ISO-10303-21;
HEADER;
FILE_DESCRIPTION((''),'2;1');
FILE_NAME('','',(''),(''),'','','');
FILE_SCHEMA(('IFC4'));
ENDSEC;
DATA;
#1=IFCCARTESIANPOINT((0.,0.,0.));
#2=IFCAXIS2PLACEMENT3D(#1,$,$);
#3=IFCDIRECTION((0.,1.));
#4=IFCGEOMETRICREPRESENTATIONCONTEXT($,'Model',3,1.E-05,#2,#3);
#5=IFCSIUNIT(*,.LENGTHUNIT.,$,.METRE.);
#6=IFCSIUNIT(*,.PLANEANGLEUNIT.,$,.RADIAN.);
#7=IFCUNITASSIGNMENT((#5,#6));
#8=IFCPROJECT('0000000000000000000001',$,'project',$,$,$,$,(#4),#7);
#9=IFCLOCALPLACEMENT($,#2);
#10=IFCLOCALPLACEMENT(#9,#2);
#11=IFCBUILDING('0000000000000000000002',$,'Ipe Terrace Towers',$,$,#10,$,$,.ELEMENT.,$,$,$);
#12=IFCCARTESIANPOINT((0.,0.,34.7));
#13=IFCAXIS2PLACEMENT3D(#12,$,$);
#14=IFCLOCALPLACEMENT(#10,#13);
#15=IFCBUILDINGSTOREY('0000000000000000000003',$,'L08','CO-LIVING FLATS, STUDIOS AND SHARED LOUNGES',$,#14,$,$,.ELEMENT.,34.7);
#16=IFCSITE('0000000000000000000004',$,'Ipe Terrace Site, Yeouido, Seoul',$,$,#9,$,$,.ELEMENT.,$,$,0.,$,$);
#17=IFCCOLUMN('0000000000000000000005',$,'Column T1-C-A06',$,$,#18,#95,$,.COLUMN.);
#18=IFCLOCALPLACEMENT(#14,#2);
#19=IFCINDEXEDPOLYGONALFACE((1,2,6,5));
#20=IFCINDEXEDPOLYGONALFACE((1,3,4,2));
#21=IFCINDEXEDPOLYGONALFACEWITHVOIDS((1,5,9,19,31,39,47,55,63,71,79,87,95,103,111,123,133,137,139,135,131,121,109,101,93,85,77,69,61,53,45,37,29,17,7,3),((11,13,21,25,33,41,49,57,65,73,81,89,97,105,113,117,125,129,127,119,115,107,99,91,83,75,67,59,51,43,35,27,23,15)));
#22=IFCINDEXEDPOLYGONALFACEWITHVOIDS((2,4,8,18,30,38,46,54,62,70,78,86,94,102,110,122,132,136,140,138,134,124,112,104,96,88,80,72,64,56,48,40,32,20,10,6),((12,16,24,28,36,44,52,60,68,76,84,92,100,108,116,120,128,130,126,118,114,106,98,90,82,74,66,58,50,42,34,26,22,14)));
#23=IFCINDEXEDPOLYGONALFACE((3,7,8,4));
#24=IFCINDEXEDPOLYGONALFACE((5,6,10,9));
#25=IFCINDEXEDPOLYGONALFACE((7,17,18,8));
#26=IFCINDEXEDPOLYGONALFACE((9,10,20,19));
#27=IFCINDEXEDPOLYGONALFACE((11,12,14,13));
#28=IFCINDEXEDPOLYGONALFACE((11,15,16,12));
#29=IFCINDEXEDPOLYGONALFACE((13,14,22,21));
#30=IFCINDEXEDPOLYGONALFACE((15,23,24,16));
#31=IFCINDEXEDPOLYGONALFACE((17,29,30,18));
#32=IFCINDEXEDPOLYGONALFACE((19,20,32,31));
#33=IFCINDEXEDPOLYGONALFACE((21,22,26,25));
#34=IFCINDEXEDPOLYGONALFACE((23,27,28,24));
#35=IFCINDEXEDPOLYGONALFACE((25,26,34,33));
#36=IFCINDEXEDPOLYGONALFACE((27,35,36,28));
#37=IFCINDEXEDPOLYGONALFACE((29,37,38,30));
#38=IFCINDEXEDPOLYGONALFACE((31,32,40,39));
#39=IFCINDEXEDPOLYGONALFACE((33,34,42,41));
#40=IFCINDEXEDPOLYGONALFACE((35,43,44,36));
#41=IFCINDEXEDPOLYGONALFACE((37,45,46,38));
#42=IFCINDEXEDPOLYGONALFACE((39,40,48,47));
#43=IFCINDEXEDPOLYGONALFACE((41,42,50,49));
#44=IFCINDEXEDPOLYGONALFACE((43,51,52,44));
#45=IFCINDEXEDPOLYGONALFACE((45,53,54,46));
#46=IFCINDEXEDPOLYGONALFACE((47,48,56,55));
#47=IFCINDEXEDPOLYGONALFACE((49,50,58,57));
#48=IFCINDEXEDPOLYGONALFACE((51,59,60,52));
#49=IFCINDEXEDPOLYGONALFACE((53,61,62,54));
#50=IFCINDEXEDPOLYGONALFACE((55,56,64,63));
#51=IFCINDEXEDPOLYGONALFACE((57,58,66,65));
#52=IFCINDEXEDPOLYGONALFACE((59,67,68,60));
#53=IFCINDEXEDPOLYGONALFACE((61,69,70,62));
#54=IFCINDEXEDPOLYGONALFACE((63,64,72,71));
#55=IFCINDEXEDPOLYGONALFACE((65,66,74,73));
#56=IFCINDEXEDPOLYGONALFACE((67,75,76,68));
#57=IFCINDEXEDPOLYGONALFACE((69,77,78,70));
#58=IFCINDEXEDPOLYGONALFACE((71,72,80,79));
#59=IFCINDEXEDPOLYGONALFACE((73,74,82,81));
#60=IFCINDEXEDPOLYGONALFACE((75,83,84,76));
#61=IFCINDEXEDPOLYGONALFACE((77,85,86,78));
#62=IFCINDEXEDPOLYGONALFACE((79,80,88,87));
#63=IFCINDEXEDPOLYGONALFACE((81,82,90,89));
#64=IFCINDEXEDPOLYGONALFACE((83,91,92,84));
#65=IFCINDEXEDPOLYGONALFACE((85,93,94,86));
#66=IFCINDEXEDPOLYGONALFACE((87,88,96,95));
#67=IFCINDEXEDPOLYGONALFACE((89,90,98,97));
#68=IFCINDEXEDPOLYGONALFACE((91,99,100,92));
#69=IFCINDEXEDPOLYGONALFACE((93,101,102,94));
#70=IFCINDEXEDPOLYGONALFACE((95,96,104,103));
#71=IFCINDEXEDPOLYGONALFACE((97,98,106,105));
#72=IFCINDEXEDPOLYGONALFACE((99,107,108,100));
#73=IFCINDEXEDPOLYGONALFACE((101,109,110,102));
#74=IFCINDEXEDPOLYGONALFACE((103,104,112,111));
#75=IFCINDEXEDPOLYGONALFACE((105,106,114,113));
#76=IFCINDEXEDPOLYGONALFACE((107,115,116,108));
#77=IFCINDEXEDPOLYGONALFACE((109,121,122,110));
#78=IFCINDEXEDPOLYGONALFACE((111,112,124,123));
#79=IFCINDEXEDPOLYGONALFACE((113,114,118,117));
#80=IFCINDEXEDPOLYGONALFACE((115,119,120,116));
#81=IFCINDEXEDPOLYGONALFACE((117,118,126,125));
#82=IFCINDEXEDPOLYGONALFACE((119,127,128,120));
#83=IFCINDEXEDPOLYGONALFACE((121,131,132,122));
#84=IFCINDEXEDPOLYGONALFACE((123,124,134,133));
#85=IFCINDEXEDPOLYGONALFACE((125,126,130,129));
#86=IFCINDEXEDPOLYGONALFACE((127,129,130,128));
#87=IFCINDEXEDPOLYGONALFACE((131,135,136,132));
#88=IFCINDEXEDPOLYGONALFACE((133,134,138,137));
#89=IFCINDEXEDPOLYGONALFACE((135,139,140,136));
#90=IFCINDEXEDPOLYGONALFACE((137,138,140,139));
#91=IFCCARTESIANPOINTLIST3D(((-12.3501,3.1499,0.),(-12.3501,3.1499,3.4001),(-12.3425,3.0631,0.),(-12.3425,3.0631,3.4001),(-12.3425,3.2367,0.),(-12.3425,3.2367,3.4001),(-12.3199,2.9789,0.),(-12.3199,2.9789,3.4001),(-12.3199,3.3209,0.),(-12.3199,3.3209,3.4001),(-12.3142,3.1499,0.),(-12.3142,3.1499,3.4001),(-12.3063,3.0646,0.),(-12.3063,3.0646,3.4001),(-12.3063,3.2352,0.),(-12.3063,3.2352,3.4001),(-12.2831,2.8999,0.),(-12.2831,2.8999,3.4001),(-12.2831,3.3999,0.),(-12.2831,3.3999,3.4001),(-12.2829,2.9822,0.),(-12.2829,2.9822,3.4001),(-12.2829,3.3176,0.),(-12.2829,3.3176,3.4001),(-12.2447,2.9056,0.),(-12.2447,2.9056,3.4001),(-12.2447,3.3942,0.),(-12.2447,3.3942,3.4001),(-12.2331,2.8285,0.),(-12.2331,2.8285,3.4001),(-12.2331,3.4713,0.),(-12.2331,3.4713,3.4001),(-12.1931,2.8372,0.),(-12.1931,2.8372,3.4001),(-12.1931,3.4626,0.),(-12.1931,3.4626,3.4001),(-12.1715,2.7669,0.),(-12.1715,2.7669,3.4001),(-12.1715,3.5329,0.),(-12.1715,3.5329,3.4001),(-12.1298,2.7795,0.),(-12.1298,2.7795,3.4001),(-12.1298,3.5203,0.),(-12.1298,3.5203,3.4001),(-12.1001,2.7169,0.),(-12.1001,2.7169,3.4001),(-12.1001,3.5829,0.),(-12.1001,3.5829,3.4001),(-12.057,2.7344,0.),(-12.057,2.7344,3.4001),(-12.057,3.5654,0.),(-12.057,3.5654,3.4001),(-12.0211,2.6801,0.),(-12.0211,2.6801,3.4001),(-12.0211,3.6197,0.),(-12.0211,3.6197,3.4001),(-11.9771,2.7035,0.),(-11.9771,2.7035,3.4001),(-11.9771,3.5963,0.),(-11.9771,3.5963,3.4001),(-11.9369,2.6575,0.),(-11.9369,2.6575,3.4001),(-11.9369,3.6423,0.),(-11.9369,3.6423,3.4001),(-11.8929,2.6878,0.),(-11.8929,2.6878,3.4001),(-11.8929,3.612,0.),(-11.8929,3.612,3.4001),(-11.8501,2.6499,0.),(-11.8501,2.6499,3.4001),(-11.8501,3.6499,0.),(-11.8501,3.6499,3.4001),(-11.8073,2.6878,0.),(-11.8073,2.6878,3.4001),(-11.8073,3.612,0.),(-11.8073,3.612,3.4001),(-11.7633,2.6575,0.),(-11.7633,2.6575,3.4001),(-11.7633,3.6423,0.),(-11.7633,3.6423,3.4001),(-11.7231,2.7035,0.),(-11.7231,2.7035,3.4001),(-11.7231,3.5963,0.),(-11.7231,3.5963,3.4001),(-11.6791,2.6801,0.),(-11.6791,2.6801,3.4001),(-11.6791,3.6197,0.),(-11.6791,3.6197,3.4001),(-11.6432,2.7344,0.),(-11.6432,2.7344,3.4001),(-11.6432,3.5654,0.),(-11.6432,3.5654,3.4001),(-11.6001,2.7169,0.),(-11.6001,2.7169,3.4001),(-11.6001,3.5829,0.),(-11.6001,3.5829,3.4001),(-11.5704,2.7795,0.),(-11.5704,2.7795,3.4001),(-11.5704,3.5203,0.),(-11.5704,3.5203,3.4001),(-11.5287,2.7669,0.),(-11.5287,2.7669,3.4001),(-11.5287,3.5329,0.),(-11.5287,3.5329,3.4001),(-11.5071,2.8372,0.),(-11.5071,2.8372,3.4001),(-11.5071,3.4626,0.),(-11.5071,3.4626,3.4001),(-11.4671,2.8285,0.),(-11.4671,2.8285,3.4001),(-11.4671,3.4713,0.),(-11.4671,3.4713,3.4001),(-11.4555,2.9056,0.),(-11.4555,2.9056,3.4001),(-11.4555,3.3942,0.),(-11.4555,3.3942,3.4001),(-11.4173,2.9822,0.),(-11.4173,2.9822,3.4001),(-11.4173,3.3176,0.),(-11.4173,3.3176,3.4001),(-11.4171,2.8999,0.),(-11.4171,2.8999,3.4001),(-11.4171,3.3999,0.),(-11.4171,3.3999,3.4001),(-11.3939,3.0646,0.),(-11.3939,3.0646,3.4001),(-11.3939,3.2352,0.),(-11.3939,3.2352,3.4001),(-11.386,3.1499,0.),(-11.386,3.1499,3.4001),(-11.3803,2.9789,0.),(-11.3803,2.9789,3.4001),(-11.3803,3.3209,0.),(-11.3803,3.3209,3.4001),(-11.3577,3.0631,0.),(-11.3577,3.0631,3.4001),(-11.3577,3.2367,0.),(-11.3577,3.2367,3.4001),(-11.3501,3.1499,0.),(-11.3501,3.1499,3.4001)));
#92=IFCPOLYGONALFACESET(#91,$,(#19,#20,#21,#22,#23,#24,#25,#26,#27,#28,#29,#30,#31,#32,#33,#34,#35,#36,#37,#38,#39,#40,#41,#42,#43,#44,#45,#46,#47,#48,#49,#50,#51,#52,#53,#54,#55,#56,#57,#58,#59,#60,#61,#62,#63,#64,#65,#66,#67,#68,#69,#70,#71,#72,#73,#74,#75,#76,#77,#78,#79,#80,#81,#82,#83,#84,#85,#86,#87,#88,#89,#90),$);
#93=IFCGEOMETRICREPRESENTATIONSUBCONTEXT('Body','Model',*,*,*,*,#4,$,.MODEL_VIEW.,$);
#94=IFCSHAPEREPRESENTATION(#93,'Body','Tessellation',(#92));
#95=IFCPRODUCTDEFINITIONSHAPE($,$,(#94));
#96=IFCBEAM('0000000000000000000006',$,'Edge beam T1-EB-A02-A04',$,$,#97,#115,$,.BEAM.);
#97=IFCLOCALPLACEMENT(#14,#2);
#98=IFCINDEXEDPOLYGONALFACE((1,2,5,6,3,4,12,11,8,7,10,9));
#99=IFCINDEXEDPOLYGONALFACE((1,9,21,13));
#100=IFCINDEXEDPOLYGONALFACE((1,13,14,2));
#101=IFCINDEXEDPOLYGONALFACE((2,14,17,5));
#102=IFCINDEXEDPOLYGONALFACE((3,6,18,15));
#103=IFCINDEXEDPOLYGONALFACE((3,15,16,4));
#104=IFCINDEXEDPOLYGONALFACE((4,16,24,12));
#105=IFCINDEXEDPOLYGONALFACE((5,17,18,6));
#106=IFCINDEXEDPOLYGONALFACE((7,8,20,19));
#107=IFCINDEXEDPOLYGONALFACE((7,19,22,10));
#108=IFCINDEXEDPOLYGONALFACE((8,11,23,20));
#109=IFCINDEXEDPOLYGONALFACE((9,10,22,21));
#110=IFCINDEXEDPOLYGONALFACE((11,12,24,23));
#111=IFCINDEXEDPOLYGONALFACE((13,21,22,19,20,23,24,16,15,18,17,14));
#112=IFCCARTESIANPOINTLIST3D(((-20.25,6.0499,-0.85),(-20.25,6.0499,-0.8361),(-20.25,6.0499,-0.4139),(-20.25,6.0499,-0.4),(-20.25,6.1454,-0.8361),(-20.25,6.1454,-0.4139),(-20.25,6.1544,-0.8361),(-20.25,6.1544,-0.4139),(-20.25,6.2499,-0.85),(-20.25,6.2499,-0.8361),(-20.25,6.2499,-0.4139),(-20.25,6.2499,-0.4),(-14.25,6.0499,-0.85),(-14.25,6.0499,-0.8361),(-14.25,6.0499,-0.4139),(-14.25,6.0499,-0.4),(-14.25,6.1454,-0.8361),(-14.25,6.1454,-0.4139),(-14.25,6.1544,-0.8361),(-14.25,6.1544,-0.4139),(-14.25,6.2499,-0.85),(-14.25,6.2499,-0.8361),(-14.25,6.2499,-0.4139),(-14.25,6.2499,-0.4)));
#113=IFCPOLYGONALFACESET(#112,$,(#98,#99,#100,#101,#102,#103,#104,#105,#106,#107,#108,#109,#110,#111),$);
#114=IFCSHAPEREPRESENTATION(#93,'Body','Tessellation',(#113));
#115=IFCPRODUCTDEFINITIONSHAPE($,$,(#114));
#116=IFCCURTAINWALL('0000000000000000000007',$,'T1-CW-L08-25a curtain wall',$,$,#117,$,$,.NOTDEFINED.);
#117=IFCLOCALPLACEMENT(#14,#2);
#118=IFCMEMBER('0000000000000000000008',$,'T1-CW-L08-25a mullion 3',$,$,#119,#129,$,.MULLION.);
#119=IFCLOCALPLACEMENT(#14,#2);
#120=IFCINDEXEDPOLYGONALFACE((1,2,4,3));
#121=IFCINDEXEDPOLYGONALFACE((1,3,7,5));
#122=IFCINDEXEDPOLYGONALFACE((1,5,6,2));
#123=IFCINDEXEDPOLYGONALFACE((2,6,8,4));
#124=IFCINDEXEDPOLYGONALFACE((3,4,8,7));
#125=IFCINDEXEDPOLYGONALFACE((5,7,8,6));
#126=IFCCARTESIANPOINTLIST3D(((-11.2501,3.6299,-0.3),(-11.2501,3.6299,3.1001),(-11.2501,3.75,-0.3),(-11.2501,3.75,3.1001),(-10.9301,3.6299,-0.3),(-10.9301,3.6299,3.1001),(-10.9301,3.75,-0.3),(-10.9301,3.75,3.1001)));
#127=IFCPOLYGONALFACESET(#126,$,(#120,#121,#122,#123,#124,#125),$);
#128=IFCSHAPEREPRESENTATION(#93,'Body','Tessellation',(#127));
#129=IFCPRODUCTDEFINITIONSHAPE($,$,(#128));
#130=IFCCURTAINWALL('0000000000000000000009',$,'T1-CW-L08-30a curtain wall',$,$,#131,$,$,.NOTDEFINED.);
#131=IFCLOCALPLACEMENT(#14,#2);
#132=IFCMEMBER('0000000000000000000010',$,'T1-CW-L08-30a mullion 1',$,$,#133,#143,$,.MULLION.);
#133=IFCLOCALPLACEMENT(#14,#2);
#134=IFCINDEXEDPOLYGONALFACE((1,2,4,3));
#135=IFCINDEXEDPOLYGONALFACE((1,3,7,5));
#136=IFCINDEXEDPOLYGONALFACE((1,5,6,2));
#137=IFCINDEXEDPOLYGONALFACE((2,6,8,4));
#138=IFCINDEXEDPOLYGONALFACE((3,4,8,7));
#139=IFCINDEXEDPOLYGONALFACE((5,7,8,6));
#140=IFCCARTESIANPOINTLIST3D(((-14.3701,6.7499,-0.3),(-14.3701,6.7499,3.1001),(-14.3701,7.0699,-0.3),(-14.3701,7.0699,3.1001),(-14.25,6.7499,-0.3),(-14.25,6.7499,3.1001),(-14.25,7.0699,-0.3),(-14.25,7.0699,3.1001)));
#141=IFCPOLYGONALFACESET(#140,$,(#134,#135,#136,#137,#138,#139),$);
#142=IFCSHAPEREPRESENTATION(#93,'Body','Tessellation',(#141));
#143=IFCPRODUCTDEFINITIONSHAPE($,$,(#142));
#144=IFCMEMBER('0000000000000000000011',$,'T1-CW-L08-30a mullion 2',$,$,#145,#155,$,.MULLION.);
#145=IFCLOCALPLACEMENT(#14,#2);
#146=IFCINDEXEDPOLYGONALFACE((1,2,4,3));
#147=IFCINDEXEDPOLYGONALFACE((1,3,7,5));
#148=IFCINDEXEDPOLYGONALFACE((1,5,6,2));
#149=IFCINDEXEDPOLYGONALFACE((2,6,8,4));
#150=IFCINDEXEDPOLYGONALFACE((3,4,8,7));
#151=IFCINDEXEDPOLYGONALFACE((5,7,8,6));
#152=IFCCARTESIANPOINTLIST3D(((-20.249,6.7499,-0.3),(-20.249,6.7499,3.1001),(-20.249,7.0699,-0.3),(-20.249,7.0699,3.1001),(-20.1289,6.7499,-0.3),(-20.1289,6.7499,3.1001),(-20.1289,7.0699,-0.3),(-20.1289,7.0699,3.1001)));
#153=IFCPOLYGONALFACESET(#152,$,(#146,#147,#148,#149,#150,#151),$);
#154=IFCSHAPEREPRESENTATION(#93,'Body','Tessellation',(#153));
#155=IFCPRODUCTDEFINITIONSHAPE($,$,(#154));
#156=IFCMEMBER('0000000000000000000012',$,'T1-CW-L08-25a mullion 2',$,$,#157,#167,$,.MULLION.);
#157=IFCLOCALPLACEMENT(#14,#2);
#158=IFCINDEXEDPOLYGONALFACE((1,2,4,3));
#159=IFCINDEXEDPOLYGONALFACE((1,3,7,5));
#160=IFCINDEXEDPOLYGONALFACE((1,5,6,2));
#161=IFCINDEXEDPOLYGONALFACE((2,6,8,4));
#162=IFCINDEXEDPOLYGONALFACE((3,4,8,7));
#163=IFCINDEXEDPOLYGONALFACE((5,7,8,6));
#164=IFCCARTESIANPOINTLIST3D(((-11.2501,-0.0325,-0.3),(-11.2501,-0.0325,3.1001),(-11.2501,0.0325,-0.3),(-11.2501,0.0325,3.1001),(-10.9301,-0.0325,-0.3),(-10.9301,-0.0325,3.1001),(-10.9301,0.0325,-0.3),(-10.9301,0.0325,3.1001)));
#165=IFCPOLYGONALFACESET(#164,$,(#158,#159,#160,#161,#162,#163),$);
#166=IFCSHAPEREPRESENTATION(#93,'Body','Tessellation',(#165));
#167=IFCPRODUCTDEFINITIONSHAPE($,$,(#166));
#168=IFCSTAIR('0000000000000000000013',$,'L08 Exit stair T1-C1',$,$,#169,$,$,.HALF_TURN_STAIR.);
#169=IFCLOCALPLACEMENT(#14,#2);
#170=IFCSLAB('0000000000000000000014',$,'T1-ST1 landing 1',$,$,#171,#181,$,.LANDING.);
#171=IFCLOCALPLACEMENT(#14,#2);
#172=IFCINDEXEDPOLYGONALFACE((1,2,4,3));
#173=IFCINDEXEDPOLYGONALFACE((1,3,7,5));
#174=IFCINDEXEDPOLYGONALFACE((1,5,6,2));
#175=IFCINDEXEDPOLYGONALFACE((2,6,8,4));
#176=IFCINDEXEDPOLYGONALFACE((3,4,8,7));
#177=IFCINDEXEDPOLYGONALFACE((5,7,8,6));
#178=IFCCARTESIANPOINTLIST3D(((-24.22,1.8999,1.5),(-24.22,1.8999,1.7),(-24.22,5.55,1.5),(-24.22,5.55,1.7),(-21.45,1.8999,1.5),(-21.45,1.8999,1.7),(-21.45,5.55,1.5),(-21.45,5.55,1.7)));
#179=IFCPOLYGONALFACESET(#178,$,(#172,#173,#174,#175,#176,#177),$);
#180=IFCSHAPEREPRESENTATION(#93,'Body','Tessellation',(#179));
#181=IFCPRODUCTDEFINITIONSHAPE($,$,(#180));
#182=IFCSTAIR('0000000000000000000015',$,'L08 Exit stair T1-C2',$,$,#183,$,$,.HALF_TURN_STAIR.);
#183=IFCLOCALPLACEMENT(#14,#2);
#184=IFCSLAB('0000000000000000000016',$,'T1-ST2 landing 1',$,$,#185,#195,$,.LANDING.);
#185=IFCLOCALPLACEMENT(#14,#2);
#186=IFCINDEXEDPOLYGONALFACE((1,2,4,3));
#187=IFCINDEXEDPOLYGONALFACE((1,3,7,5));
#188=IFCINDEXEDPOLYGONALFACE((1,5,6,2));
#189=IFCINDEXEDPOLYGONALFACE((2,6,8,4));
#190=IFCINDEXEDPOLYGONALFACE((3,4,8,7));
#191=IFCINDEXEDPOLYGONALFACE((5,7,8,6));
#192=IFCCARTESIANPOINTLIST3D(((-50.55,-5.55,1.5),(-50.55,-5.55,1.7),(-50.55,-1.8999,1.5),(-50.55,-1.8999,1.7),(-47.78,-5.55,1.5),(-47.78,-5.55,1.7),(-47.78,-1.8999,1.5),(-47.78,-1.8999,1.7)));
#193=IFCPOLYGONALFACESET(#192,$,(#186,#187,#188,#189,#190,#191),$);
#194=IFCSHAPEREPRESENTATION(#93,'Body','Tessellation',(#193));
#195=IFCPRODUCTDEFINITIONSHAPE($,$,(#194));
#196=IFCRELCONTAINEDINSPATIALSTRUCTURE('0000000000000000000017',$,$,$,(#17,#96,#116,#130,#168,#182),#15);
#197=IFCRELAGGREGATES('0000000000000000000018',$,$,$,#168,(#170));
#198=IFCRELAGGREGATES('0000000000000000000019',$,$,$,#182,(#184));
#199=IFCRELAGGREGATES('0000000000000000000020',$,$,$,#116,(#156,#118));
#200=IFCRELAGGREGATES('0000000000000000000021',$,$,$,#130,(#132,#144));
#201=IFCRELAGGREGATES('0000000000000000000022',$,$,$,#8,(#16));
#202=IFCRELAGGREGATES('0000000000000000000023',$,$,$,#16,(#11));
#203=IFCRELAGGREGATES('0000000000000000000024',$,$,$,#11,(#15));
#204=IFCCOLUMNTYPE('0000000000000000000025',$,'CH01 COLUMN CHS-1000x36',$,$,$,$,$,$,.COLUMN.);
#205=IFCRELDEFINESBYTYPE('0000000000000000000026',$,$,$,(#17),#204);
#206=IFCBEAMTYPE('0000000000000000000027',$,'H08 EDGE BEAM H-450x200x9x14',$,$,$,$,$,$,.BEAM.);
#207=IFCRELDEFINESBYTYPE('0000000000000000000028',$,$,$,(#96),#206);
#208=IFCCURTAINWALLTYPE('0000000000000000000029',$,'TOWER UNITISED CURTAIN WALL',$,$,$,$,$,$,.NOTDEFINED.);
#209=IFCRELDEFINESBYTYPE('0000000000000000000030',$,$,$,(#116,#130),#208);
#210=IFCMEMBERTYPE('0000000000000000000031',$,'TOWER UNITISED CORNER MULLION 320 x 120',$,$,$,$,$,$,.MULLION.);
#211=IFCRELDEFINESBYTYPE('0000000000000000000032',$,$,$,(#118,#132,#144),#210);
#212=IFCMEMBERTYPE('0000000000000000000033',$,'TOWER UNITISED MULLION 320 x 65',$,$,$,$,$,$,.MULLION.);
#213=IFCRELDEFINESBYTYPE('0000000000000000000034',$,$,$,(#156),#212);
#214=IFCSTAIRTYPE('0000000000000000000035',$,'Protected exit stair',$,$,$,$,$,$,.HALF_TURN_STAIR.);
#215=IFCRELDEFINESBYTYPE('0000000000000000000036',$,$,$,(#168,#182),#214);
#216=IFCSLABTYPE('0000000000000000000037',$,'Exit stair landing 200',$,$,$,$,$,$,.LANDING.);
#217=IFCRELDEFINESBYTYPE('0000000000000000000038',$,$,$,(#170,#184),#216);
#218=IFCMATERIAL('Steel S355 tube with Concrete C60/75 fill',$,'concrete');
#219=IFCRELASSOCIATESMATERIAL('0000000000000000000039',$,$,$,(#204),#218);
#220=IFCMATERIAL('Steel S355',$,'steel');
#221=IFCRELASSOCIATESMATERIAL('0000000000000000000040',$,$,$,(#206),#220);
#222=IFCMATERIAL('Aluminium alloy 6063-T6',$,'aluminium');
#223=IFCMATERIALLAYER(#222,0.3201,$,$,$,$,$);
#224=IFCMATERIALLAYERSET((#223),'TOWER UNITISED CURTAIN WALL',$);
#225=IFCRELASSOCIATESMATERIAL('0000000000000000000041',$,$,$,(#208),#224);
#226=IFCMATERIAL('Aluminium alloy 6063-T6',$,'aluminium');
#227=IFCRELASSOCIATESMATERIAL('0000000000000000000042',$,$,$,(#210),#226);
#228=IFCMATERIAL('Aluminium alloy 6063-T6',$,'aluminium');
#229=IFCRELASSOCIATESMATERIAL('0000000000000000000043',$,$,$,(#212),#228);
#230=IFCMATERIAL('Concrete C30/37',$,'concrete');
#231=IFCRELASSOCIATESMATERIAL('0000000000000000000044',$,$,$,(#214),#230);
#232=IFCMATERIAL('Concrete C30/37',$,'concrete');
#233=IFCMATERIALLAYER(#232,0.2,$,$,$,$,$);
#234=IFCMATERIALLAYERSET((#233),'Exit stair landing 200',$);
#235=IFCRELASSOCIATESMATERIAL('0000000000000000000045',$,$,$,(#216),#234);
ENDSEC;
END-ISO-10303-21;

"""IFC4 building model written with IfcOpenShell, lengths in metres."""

from ifc_helpers import new_model, si_unit, direction, frame, origin, origin_2d, place, context, subcontext, project, spatial, polyline, rectangle, hollow_circle, i_section, outline, extrude, material, layer, layer_set, material_profile, profile_set, type_object, element, aggregate, save


model = new_model("IFC4")

# Units and contexts
model_context = context("Model", 3, precision=1e-05, world=origin(), true_north=direction((0.0, 1.0)))
body_context = subcontext(model_context, "Body", "Model", "MODEL_VIEW")
ifc_project = project(units=[si_unit("LENGTHUNIT", "METRE"), si_unit("PLANEANGLEUNIT", "RADIAN")], contexts=[model_context])

# Site, building, storey
site_placement = place(None, origin())
site = spatial("IfcSite", under=ifc_project, at=site_placement, Name="Ipe Terrace Site, Yeouido, Seoul", CompositionType="ELEMENT", RefElevation=0.0)
building_placement = place(site_placement, origin())
building = spatial("IfcBuilding", under=site, at=building_placement, Name="Ipe Terrace Towers", CompositionType="ELEMENT")
storey_placement = place(building_placement, frame((0.0, 0.0, 34.7)))
storey = spatial("IfcBuildingStorey", under=building, at=storey_placement, Name="L08", Description="CO-LIVING FLATS, STUDIOS AND SHARED LOUNGES", CompositionType="ELEMENT", Elevation=34.7)

# Column
ifc_material_1 = material(Name="Steel S355 tube with Concrete C60/75 fill", Category="concrete")
ifc_material_profile_1 = material_profile(ifc_material_1, hollow_circle(Radius=0.5, WallThickness=0.0359, at=origin_2d()), Name="CHS-1000x36")
ifc_profile_set_1 = profile_set([ifc_material_profile_1], Name="Steel S355 tube with Concrete C60/75 fill")
column_type = type_object("IfcColumnType", Name="CH01 COLUMN CHS-1000x36", PredefinedType="COLUMN", material=ifc_profile_set_1)
for number, where, z_axis, x_axis, name in (
    (1, (-11.8501, 3.1499, 0.0), (0.0, 0.0, 1.0), (1.0, 0.0, 0.0), "Column T1-C-A06"),
):
    element("IfcColumn", number, at=place(storey_placement, frame(where, z_axis=z_axis, x_axis=x_axis)), inside=storey, type_object=column_type, Name=name, PredefinedType="COLUMN", context=body_context, shape_type="SweptSolid", body=[
        extrude(hollow_circle(Radius=0.5, WallThickness=0.0359, at=origin_2d()), origin(), (0.0, 0.0, 1.0), 3.4001),
    ])

# Beam
ifc_material_2 = material(Name="Steel S355", Category="steel")
ifc_material_profile_2 = material_profile(ifc_material_2, i_section(OverallWidth=0.2, OverallDepth=0.45, WebThickness=0.009, FlangeThickness=0.0139, at=origin_2d()), Name="H-450x200x9x14")
ifc_profile_set_2 = profile_set([ifc_material_profile_2], Name="Steel S355")
beam_type = type_object("IfcBeamType", Name="H08 EDGE BEAM H-450x200x9x14", PredefinedType="BEAM", material=ifc_profile_set_2)
beam_placement = place(storey_placement, frame((-20.25, 6.1499, -0.625), z_axis=(1.0, 0.0, 0.0), x_axis=(0.0, 1.0, 0.0)))
element("IfcBeam", 2, at=beam_placement, inside=storey, type_object=beam_type, Name="Edge beam T1-EB-A02-A04", PredefinedType="BEAM", context=body_context, shape_type="SweptSolid", body=[
    extrude(i_section(OverallWidth=0.2, OverallDepth=0.45, WebThickness=0.009, FlangeThickness=0.0139, at=origin_2d()), origin(), (0.0, 0.0, 1.0), 6.0),
])

# Curtain wall, member
ifc_material_3 = material(Name="Aluminium alloy 6063-T6", Category="aluminium")
ifc_layer_1 = layer(ifc_material_3, 0.3201)
ifc_layer_set_1 = layer_set([ifc_layer_1], Name="TOWER UNITISED CURTAIN WALL")
curtain_wall_type = type_object("IfcCurtainWallType", Name="TOWER UNITISED CURTAIN WALL", PredefinedType="NOTDEFINED", material=ifc_layer_set_1)
curtain_wall_1_placement = place(storey_placement, origin())
curtain_wall_1 = element("IfcCurtainWall", 3, at=curtain_wall_1_placement, inside=storey, type_object=curtain_wall_type, Name="T1-CW-L08-25a curtain wall", PredefinedType="NOTDEFINED")
ifc_material_4 = material(Name="Aluminium alloy 6063-T6", Category="aluminium")
ifc_material_profile_3 = material_profile(ifc_material_4, rectangle(XDim=0.3201, YDim=0.1201, at=origin_2d()), Name="TOWER UNITISED CORNER MULLION 320 x 120")
ifc_profile_set_3 = profile_set([ifc_material_profile_3], Name="Aluminium alloy 6063-T6")
member_type_1 = type_object("IfcMemberType", Name="TOWER UNITISED CORNER MULLION 320 x 120", PredefinedType="MULLION", material=ifc_profile_set_3)
member_1_placement = place(storey_placement, frame((-11.0901, 3.6899, -0.3), z_axis=(0.0, 0.0, 1.0), x_axis=(1.0, 0.0, 0.0)))
member_1 = element("IfcMember", 4, at=member_1_placement, type_object=member_type_1, Name="T1-CW-L08-25a mullion 3", PredefinedType="MULLION", context=body_context, shape_type="SweptSolid", body=[
    extrude(rectangle(XDim=0.3201, YDim=0.1201, at=origin_2d()), origin(), (0.0, 0.0, 1.0), 3.4001),
])

# Curtain wall, members
curtain_wall_2_placement = place(storey_placement, origin())
curtain_wall_2 = element("IfcCurtainWall", 5, at=curtain_wall_2_placement, inside=storey, type_object=curtain_wall_type, Name="T1-CW-L08-30a curtain wall", PredefinedType="NOTDEFINED")
member_2_placement = place(storey_placement, frame((-14.3101, 6.9099, -0.3), z_axis=(0.0, 0.0, 1.0), x_axis=(0.0, 1.0, 0.0)))
member_2 = element("IfcMember", 6, at=member_2_placement, type_object=member_type_1, Name="T1-CW-L08-30a mullion 1", PredefinedType="MULLION", context=body_context, shape_type="SweptSolid", body=[
    extrude(rectangle(XDim=0.3201, YDim=0.1201, at=origin_2d()), origin(), (0.0, 0.0, 1.0), 3.4001),
])
member_3_placement = place(storey_placement, frame((-20.189, 6.9099, -0.3), z_axis=(0.0, 0.0, 1.0), x_axis=(0.0, 1.0, 0.0)))
member_3 = element("IfcMember", 7, at=member_3_placement, type_object=member_type_1, Name="T1-CW-L08-30a mullion 2", PredefinedType="MULLION", context=body_context, shape_type="SweptSolid", body=[
    extrude(rectangle(XDim=0.3201, YDim=0.1201, at=origin_2d()), origin(), (0.0, 0.0, 1.0), 3.4001),
])

# Member
ifc_material_5 = material(Name="Aluminium alloy 6063-T6", Category="aluminium")
ifc_material_profile_4 = material_profile(ifc_material_5, rectangle(XDim=0.3201, YDim=0.0649, at=origin_2d()), Name="TOWER UNITISED MULLION 320 x 65")
ifc_profile_set_4 = profile_set([ifc_material_profile_4], Name="Aluminium alloy 6063-T6")
member_type_2 = type_object("IfcMemberType", Name="TOWER UNITISED MULLION 320 x 65", PredefinedType="MULLION", material=ifc_profile_set_4)
member_4_placement = place(storey_placement, frame((-11.0901, 0.0, -0.3), z_axis=(0.0, 0.0, 1.0), x_axis=(1.0, 0.0, 0.0)))
member_4 = element("IfcMember", 8, at=member_4_placement, type_object=member_type_2, Name="T1-CW-L08-25a mullion 2", PredefinedType="MULLION", context=body_context, shape_type="SweptSolid", body=[
    extrude(rectangle(XDim=0.3201, YDim=0.0649, at=origin_2d()), origin(), (0.0, 0.0, 1.0), 3.4001),
])

# Stairs, slabs
ifc_material_6 = material(Name="Concrete C30/37", Category="concrete")
stair_type = type_object("IfcStairType", Name="Protected exit stair", PredefinedType="HALF_TURN_STAIR", material=ifc_material_6)
stair_1_placement = place(storey_placement, origin())
stair_1 = element("IfcStair", 9, at=stair_1_placement, inside=storey, type_object=stair_type, Name="L08 Exit stair T1-C1", PredefinedType="HALF_TURN_STAIR")
ifc_material_7 = material(Name="Concrete C30/37", Category="concrete")
ifc_layer_2 = layer(ifc_material_7, 0.2)
ifc_layer_set_2 = layer_set([ifc_layer_2], Name="Exit stair landing 200")
slab_type_1 = type_object("IfcSlabType", Name="Exit stair landing 200", PredefinedType="LANDING", material=ifc_layer_set_2)
slab_1_placement = place(storey_placement, frame((0.0, 0.0, 1.5)))
slab_1 = element("IfcSlab", 10, at=slab_1_placement, type_object=slab_type_1, Name="T1-ST1 landing 1", PredefinedType="LANDING", context=body_context, shape_type="SweptSolid", body=[
    extrude(outline(polyline([(-24.22, 1.8999), (-21.45, 1.8999), (-21.45, 5.55), (-24.22, 5.55), (-24.22, 1.8999)])), origin(), (0.0, 0.0, 1.0), 0.2),
])
aggregate(stair_1, [slab_1])
stair_2_placement = place(storey_placement, origin())
stair_2 = element("IfcStair", 11, at=stair_2_placement, inside=storey, type_object=stair_type, Name="L08 Exit stair T1-C2", PredefinedType="HALF_TURN_STAIR")
slab_2_placement = place(storey_placement, frame((0.0, 0.0, 1.5)))
slab_2 = element("IfcSlab", 12, at=slab_2_placement, type_object=slab_type_1, Name="T1-ST2 landing 1", PredefinedType="LANDING", context=body_context, shape_type="SweptSolid", body=[
    extrude(outline(polyline([(-47.78, -1.8999), (-50.55, -1.8999), (-50.55, -5.55), (-47.78, -5.55), (-47.78, -1.8999)])), origin(), (0.0, 0.0, 1.0), 0.2),
])
aggregate(stair_2, [slab_2])

aggregate(curtain_wall_1, [member_4, member_1])
aggregate(curtain_wall_2, [member_2, member_3])

save(model, "model.ifc")
